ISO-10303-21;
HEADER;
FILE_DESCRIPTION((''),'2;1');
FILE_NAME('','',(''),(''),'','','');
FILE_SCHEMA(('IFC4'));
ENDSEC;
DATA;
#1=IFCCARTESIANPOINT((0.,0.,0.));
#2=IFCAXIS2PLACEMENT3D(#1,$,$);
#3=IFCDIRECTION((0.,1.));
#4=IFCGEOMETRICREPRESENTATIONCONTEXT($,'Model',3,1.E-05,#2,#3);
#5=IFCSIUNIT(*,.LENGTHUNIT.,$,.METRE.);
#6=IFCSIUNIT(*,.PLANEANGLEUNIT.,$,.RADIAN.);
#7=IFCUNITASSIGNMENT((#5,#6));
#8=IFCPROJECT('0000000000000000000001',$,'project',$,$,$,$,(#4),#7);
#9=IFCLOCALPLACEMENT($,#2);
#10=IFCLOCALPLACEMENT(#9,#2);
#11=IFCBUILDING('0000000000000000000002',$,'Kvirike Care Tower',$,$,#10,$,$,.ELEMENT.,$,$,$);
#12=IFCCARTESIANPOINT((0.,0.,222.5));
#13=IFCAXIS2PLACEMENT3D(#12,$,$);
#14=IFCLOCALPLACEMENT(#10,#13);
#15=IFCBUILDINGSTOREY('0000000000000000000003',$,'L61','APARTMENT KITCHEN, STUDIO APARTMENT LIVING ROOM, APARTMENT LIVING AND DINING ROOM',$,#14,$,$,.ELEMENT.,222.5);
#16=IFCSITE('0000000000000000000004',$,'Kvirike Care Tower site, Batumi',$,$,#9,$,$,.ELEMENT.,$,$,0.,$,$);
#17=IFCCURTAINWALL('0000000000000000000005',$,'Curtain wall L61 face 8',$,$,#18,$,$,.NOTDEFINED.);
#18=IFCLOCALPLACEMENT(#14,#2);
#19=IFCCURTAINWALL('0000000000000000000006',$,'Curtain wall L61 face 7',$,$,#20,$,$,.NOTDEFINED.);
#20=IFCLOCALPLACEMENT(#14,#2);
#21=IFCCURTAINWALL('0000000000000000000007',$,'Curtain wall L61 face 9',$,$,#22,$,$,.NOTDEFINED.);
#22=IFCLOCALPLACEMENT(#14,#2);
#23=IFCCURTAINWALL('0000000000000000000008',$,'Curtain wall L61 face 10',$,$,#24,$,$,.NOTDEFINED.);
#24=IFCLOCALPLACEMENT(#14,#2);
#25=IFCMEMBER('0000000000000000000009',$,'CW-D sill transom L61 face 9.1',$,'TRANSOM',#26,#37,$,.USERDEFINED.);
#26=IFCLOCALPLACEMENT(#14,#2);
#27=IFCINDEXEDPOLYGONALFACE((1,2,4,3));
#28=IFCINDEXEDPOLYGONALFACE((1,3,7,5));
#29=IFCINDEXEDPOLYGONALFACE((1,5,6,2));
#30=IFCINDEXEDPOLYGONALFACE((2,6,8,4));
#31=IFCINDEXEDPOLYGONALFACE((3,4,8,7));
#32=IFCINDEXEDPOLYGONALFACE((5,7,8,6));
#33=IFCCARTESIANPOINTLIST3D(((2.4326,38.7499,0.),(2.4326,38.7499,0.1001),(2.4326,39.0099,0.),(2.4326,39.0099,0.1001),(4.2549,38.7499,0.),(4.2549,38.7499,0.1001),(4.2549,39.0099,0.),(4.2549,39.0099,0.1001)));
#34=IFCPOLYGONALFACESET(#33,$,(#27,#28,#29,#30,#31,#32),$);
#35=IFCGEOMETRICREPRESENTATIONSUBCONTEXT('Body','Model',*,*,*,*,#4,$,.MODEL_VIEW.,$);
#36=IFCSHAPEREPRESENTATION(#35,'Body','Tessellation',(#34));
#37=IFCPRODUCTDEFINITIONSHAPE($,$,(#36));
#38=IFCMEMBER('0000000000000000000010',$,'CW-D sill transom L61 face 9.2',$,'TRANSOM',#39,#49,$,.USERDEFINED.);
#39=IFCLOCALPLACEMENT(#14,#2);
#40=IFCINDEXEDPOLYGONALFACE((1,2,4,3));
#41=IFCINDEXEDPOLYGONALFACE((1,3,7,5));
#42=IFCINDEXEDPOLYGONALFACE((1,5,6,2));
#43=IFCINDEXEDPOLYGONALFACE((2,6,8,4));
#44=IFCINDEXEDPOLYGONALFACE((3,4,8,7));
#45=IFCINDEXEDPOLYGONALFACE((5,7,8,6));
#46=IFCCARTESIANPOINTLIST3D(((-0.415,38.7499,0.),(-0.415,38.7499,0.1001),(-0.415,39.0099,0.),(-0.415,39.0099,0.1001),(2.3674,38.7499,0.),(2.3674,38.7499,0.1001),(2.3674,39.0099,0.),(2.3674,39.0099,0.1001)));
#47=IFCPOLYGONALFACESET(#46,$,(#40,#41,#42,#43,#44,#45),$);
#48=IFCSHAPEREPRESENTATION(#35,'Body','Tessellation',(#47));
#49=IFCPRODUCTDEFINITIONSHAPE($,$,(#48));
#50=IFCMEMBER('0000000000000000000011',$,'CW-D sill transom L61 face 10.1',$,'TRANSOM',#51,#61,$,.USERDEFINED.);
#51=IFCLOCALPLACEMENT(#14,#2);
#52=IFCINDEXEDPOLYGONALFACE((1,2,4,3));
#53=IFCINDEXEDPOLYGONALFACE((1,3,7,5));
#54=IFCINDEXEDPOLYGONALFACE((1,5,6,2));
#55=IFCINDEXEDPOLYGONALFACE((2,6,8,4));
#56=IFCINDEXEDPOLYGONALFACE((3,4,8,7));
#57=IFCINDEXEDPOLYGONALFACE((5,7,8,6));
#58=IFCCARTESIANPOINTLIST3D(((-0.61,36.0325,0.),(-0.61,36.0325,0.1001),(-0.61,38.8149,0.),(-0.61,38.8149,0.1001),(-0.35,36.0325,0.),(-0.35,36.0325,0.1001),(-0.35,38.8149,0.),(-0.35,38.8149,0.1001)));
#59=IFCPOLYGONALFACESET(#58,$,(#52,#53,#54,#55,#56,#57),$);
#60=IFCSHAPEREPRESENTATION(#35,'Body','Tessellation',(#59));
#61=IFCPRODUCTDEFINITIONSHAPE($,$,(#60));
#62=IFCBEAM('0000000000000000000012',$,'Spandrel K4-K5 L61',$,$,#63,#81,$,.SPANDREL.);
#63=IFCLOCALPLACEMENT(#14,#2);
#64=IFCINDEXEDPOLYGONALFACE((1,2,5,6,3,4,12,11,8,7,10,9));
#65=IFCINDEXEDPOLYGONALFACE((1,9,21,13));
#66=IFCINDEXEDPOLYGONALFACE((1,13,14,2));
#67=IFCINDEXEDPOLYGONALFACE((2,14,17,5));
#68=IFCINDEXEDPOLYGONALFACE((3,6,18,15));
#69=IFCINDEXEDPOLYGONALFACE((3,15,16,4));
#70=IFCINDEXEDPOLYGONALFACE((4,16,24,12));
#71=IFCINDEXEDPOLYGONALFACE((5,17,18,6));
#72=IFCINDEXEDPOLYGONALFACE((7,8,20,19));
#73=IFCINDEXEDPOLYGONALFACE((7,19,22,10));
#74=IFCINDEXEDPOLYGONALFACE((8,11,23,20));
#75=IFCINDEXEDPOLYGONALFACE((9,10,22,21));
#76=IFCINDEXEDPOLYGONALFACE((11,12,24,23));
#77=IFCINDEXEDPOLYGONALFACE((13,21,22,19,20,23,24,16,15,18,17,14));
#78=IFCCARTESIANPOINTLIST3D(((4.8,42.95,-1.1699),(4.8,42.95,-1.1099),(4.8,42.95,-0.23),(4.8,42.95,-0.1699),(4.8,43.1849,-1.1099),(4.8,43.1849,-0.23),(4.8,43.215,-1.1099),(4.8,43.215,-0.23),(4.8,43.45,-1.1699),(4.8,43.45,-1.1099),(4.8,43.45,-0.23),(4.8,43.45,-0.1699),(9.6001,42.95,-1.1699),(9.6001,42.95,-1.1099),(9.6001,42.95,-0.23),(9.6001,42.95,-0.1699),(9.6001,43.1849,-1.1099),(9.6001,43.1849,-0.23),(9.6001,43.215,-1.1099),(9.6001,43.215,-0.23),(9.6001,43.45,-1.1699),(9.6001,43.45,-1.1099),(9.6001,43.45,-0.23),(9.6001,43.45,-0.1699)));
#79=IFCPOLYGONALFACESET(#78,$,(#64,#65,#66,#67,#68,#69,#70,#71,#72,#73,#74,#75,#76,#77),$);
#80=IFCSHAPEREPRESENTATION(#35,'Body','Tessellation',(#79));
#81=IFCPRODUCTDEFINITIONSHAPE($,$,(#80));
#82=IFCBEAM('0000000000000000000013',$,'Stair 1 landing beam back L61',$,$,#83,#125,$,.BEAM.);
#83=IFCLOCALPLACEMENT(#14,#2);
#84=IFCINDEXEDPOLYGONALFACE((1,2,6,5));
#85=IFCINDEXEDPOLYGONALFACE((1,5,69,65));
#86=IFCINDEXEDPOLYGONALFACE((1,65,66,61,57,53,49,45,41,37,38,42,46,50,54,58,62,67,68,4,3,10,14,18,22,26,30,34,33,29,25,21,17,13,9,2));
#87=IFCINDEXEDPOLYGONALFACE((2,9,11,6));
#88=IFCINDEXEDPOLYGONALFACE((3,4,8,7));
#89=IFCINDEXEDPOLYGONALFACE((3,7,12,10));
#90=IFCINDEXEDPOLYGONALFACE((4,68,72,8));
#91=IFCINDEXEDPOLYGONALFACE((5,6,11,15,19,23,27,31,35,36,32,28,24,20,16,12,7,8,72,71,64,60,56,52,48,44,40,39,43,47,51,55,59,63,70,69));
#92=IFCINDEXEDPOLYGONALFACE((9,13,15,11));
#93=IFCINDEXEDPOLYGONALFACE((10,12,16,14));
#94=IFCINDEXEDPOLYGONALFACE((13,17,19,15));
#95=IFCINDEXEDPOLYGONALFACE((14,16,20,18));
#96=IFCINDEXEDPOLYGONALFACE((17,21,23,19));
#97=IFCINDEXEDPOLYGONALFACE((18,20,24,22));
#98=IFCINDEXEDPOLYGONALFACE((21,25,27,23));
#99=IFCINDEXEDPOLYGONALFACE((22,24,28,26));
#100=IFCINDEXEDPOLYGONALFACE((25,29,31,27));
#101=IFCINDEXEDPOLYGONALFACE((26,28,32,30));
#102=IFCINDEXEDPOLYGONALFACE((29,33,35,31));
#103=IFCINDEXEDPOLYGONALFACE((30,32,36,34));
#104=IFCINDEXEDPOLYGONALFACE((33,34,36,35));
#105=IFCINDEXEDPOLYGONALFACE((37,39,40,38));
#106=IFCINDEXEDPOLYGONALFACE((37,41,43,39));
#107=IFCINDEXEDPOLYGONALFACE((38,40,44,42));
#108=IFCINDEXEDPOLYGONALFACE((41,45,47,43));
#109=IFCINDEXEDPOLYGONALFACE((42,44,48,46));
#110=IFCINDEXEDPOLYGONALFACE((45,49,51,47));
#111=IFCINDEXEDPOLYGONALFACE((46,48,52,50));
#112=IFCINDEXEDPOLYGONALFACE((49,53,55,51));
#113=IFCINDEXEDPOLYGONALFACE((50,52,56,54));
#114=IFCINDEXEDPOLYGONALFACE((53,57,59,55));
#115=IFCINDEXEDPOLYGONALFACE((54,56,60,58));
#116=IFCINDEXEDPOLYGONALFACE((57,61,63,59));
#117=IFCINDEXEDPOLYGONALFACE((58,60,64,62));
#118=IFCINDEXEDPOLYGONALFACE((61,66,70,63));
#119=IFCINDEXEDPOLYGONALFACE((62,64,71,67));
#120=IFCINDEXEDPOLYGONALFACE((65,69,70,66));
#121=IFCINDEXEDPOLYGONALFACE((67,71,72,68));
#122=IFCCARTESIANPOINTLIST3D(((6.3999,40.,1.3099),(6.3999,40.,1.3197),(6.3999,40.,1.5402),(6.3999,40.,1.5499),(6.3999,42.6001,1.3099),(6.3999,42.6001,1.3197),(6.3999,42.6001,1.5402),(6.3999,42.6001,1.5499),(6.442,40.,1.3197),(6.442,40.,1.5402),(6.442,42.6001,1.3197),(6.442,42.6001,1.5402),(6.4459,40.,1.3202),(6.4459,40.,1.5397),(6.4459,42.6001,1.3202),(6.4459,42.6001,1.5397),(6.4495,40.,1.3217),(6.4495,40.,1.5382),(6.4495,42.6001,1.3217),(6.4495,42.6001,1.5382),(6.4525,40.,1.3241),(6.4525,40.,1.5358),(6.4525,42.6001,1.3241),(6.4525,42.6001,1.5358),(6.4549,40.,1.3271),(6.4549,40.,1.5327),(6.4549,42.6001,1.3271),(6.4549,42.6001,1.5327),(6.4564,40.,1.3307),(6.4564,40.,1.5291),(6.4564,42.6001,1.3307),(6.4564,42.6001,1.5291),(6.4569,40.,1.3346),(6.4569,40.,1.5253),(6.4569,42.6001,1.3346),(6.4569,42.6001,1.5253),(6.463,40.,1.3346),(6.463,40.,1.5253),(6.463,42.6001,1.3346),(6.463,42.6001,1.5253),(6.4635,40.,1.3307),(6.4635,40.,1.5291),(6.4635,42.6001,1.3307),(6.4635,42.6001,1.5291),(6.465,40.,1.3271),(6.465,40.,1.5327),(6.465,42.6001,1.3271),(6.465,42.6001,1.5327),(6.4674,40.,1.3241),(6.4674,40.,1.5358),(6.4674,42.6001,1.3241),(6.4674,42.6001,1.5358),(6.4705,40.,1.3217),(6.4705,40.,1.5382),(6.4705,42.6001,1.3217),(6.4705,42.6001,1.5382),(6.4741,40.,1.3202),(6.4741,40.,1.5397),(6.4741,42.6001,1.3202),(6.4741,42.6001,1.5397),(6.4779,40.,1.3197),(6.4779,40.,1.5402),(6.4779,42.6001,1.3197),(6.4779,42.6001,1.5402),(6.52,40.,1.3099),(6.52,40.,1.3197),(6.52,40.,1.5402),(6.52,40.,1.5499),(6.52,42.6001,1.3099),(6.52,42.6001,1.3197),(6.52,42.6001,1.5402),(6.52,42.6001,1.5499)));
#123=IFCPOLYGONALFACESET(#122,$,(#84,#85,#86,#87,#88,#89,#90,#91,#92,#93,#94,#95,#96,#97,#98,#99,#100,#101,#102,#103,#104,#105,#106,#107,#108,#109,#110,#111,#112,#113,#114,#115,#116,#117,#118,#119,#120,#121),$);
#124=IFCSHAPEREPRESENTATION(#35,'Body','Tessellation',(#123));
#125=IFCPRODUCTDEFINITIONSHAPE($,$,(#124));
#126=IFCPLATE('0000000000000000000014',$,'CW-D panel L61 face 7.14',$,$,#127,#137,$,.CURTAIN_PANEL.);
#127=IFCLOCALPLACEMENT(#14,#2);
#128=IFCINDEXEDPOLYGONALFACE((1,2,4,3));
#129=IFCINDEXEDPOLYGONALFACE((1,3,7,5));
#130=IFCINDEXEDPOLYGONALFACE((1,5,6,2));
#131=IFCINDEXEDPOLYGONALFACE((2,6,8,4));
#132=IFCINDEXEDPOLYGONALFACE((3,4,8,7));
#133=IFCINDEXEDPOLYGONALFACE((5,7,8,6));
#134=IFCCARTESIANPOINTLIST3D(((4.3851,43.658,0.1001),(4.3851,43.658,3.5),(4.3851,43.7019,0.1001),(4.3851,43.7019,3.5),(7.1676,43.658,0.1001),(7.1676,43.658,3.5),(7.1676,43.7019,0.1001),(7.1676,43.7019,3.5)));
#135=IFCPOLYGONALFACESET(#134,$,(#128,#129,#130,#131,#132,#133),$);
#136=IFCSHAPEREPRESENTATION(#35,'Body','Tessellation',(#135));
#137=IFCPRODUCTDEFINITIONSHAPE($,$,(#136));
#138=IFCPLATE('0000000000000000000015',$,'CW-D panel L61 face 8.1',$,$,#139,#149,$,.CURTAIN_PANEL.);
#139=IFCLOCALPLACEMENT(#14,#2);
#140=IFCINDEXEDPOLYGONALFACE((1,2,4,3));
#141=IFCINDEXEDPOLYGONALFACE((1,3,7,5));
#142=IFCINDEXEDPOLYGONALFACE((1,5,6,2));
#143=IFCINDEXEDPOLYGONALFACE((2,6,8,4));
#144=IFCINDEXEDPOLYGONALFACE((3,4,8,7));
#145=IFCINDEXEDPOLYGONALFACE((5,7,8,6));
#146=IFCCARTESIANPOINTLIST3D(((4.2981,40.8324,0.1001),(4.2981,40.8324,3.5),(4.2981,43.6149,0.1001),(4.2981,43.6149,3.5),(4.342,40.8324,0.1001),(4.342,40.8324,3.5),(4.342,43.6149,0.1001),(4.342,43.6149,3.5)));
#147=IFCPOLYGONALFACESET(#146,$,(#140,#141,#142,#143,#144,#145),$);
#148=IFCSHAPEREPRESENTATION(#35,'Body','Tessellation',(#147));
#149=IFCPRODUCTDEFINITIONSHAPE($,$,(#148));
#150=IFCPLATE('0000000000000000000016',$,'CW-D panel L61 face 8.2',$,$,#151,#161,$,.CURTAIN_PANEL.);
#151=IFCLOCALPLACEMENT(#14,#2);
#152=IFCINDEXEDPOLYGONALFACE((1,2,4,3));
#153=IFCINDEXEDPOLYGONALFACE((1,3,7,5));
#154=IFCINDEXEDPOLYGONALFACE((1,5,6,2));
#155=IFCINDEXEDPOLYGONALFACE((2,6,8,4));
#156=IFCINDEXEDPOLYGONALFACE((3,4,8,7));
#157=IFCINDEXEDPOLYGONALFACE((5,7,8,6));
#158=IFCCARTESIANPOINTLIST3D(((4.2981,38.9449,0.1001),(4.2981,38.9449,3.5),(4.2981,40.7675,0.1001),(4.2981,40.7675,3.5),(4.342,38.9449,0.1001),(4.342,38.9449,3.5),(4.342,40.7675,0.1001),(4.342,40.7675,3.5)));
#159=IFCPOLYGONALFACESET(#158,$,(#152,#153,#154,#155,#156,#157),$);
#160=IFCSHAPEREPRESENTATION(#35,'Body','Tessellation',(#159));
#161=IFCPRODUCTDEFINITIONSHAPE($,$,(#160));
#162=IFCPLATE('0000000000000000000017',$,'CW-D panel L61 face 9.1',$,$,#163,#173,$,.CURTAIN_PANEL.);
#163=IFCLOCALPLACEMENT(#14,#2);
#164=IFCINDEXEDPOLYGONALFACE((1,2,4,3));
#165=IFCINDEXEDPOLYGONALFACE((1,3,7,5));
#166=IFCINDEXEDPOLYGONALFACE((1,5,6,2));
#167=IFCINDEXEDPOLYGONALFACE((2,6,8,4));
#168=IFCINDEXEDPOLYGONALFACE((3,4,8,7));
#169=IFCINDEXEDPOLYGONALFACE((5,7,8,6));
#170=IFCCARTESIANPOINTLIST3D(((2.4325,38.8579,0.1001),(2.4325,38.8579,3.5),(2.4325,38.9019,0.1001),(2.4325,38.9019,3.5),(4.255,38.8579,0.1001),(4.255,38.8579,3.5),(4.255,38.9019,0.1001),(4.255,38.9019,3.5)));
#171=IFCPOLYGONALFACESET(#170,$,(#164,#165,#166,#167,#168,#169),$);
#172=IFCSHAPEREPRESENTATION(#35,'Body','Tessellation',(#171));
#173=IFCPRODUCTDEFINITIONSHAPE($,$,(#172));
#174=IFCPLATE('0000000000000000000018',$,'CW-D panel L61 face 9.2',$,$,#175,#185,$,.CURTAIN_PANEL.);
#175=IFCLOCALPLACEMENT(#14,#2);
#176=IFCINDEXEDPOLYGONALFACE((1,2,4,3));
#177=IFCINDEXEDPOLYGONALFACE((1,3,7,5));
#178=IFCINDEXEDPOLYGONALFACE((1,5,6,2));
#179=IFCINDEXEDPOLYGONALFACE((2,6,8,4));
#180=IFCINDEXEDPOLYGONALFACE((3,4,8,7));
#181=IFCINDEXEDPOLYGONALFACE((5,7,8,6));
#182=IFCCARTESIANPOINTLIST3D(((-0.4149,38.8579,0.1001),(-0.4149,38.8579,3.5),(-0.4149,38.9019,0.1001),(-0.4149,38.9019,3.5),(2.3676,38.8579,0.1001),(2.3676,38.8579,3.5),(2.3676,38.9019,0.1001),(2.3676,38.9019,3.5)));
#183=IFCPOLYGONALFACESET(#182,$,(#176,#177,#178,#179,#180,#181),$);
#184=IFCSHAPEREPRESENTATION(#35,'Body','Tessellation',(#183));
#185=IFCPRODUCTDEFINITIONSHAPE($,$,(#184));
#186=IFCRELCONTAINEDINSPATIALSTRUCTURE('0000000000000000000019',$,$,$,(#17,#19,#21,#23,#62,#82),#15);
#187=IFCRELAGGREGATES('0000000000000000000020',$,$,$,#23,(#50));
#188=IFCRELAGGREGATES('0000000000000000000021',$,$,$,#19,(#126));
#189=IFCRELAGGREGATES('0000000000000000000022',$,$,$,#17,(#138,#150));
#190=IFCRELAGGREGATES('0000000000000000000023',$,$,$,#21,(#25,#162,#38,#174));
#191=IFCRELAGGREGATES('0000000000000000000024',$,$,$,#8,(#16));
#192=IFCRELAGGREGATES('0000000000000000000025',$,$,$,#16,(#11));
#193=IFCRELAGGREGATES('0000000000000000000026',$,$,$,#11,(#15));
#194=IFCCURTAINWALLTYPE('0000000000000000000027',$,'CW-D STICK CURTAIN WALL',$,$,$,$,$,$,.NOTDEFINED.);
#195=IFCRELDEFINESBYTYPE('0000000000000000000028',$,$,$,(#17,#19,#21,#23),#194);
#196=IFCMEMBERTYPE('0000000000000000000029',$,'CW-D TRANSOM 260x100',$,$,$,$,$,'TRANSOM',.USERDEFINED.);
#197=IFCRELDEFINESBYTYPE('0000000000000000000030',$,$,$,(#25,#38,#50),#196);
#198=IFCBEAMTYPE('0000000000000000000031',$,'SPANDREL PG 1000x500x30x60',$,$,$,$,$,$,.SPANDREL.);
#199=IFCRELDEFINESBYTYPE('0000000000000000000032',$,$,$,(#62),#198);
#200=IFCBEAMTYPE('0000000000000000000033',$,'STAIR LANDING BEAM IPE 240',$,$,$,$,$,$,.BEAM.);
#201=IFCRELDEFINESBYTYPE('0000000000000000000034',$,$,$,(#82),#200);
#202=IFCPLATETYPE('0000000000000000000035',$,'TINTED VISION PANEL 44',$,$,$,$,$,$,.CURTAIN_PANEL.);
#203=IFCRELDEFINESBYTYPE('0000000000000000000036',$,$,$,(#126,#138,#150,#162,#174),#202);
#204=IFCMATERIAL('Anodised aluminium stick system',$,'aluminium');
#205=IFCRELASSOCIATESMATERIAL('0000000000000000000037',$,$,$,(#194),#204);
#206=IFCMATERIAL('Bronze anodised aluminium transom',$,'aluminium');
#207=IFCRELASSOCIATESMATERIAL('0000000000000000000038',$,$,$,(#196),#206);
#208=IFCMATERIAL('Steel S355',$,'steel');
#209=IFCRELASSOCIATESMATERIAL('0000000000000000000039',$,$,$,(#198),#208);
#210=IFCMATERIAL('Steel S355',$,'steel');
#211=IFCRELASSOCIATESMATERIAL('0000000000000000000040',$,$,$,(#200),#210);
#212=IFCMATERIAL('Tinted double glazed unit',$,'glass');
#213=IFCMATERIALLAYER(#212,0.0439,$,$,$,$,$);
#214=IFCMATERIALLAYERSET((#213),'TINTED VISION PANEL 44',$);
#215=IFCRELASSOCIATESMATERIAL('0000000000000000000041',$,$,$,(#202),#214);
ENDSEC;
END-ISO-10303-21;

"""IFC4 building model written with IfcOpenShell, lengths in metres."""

from ifc_helpers import new_model, si_unit, direction, frame, origin, origin_2d, place, context, subcontext, project, spatial, rectangle, i_section, extrude, material, layer, layer_set, material_profile, profile_set, type_object, element, aggregate, save


model = new_model("IFC4")

# Units and contexts
model_context = context("Model", 3, precision=1e-05, world=origin(), true_north=direction((0.0, 1.0)))
body_context = subcontext(model_context, "Body", "Model", "MODEL_VIEW")
ifc_project = project(units=[si_unit("LENGTHUNIT", "METRE"), si_unit("PLANEANGLEUNIT", "RADIAN")], contexts=[model_context])

# Site, building, storey
site_placement = place(None, origin())
site = spatial("IfcSite", under=ifc_project, at=site_placement, Name="Kvirike Care Tower site, Batumi", CompositionType="ELEMENT", RefElevation=0.0)
building_placement = place(site_placement, origin())
building = spatial("IfcBuilding", under=site, at=building_placement, Name="Kvirike Care Tower", CompositionType="ELEMENT")
storey_placement = place(building_placement, frame((0.0, 0.0, 222.5)))
storey = spatial("IfcBuildingStorey", under=building, at=storey_placement, Name="L61", Description="APARTMENT KITCHEN, STUDIO APARTMENT LIVING ROOM, APARTMENT LIVING AND DINING ROOM", CompositionType="ELEMENT", Elevation=222.5)

# Curtain walls
ifc_material_1 = material(Name="Anodised aluminium stick system", Category="aluminium")
curtain_wall_type = type_object("IfcCurtainWallType", Name="CW-D STICK CURTAIN WALL", PredefinedType="NOTDEFINED", material=ifc_material_1)
curtain_wall_1_placement = place(storey_placement, origin())
curtain_wall_1 = element("IfcCurtainWall", 1, at=curtain_wall_1_placement, inside=storey, type_object=curtain_wall_type, Name="Curtain wall L61 face 8", PredefinedType="NOTDEFINED")
curtain_wall_2_placement = place(storey_placement, origin())
curtain_wall_2 = element("IfcCurtainWall", 2, at=curtain_wall_2_placement, inside=storey, type_object=curtain_wall_type, Name="Curtain wall L61 face 7", PredefinedType="NOTDEFINED")

# Curtain wall
curtain_wall_3_placement = place(storey_placement, origin())
curtain_wall_3 = element("IfcCurtainWall", 3, at=curtain_wall_3_placement, inside=storey, type_object=curtain_wall_type, Name="Curtain wall L61 face 9", PredefinedType="NOTDEFINED")

# Curtain wall
curtain_wall_4_placement = place(storey_placement, origin())
curtain_wall_4 = element("IfcCurtainWall", 4, at=curtain_wall_4_placement, inside=storey, type_object=curtain_wall_type, Name="Curtain wall L61 face 10", PredefinedType="NOTDEFINED")

# Members
ifc_material_2 = material(Name="Bronze anodised aluminium transom", Category="aluminium")
ifc_material_profile_1 = material_profile(ifc_material_2, rectangle(XDim=0.26, YDim=0.1001, at=origin_2d()), Name="CW-D TRANSOM 260x100")
ifc_profile_set_1 = profile_set([ifc_material_profile_1], Name="Bronze anodised aluminium transom")
member_type_1 = type_object("IfcMemberType", Name="CW-D TRANSOM 260x100", ElementType="TRANSOM", PredefinedType="USERDEFINED", material=ifc_profile_set_1)
member_1_placement = place(storey_placement, frame((4.2549, 38.8799, 0.05), z_axis=(-1.0, 0.0, 0.0), x_axis=(0.0, -1.0, 0.0)))
member_1 = element("IfcMember", 5, at=member_1_placement, type_object=member_type_1, Name="CW-D sill transom L61 face 9.1", ObjectType="TRANSOM", PredefinedType="USERDEFINED", context=body_context, shape_type="SweptSolid", body=[
    extrude(rectangle(XDim=0.26, YDim=0.1001, at=origin_2d()), origin(), (0.0, 0.0, 1.0), 1.8223),
])
member_2_placement = place(storey_placement, frame((2.3674, 38.8799, 0.05), z_axis=(-1.0, 0.0, 0.0), x_axis=(0.0, -1.0, 0.0)))
member_2 = element("IfcMember", 6, at=member_2_placement, type_object=member_type_1, Name="CW-D sill transom L61 face 9.2", ObjectType="TRANSOM", PredefinedType="USERDEFINED", context=body_context, shape_type="SweptSolid", body=[
    extrude(rectangle(XDim=0.26, YDim=0.1001, at=origin_2d()), origin(), (0.0, 0.0, 1.0), 2.7825),
])
member_3_placement = place(storey_placement, frame((-0.48, 38.8149, 0.05), z_axis=(0.0, -1.0, 0.0), x_axis=(1.0, 0.0, 0.0)))
member_3 = element("IfcMember", 7, at=member_3_placement, type_object=member_type_1, Name="CW-D sill transom L61 face 10.1", ObjectType="TRANSOM", PredefinedType="USERDEFINED", context=body_context, shape_type="SweptSolid", body=[
    extrude(rectangle(XDim=0.26, YDim=0.1001, at=origin_2d()), origin(), (0.0, 0.0, 1.0), 2.7825),
])
aggregate(curtain_wall_4, [member_3])

# Beams
ifc_material_3 = material(Name="Steel S355", Category="steel")
ifc_material_profile_2 = material_profile(ifc_material_3, i_section(OverallWidth=0.5, OverallDepth=1.0, WebThickness=0.03, FlangeThickness=0.0601, at=origin_2d()), Name="PG 1000x500x30x60")
ifc_profile_set_2 = profile_set([ifc_material_profile_2], Name="Steel S355")
beam_type_1 = type_object("IfcBeamType", Name="SPANDREL PG 1000x500x30x60", PredefinedType="SPANDREL", material=ifc_profile_set_2)
beam_1_placement = place(storey_placement, frame((4.8, 43.2, -0.6699), z_axis=(1.0, 0.0, 0.0), x_axis=(0.0, 1.0, 0.0)))
element("IfcBeam", 8, at=beam_1_placement, inside=storey, type_object=beam_type_1, Name="Spandrel K4-K5 L61", PredefinedType="SPANDREL", context=body_context, shape_type="SweptSolid", body=[
    extrude(i_section(OverallWidth=0.5, OverallDepth=1.0, WebThickness=0.03, FlangeThickness=0.0601, at=origin_2d()), origin(), (0.0, 0.0, 1.0), 4.8),
])
ifc_material_4 = material(Name="Steel S355", Category="steel")
ifc_material_profile_3 = material_profile(ifc_material_4, i_section(OverallWidth=0.1201, OverallDepth=0.24, WebThickness=0.0061, FlangeThickness=0.0098, FilletRadius=0.0149, at=origin_2d()), Name="IPE 240")
ifc_profile_set_3 = profile_set([ifc_material_profile_3], Name="Steel S355")
beam_type_2 = type_object("IfcBeamType", Name="STAIR LANDING BEAM IPE 240", PredefinedType="BEAM", material=ifc_profile_set_3)
beam_2_placement = place(storey_placement, frame((6.46, 42.6001, 1.4299), z_axis=(0.0, -1.0, 0.0), x_axis=(1.0, 0.0, 0.0)))
element("IfcBeam", 9, at=beam_2_placement, inside=storey, type_object=beam_type_2, Name="Stair 1 landing beam back L61", PredefinedType="BEAM", context=body_context, shape_type="SweptSolid", body=[
    extrude(i_section(OverallWidth=0.1201, OverallDepth=0.24, WebThickness=0.0061, FlangeThickness=0.0098, FilletRadius=0.0149, at=origin_2d()), origin(), (0.0, 0.0, 1.0), 2.6001),
])

# Plates
ifc_material_5 = material(Name="Tinted double glazed unit", Category="glass")
ifc_layer_1 = layer(ifc_material_5, 0.0439)
ifc_layer_set_1 = layer_set([ifc_layer_1], Name="TINTED VISION PANEL 44")
plate_type = type_object("IfcPlateType", Name="TINTED VISION PANEL 44", PredefinedType="CURTAIN_PANEL", material=ifc_layer_set_1)
plate_1_placement = place(storey_placement, frame((5.7764, 43.6799, 0.1001), z_axis=(0.0, 0.0, 1.0), x_axis=(-1.0, 0.0, 0.0)))
plate_1 = element("IfcPlate", 10, at=plate_1_placement, type_object=plate_type, Name="CW-D panel L61 face 7.14", PredefinedType="CURTAIN_PANEL", context=body_context, shape_type="SweptSolid", body=[
    extrude(rectangle(XDim=2.7825, YDim=0.0439, at=origin_2d()), origin(), (0.0, 0.0, 1.0), 3.3999),
])
aggregate(curtain_wall_2, [plate_1])
plate_2_placement = place(storey_placement, frame((4.3201, 42.2236, 0.1001), z_axis=(0.0, 0.0, 1.0), x_axis=(0.0, -1.0, 0.0)))
plate_2 = element("IfcPlate", 11, at=plate_2_placement, type_object=plate_type, Name="CW-D panel L61 face 8.1", PredefinedType="CURTAIN_PANEL", context=body_context, shape_type="SweptSolid", body=[
    extrude(rectangle(XDim=2.7825, YDim=0.0439, at=origin_2d()), origin(), (0.0, 0.0, 1.0), 3.3999),
])
plate_3_placement = place(storey_placement, frame((4.3201, 39.8562, 0.1001), z_axis=(0.0, 0.0, 1.0), x_axis=(0.0, -1.0, 0.0)))
plate_3 = element("IfcPlate", 12, at=plate_3_placement, type_object=plate_type, Name="CW-D panel L61 face 8.2", PredefinedType="CURTAIN_PANEL", context=body_context, shape_type="SweptSolid", body=[
    extrude(rectangle(XDim=1.8225, YDim=0.0439, at=origin_2d()), origin(), (0.0, 0.0, 1.0), 3.3999),
])
aggregate(curtain_wall_1, [plate_2, plate_3])
plate_4_placement = place(storey_placement, frame((3.3438, 38.8799, 0.1001), z_axis=(0.0, 0.0, 1.0), x_axis=(-1.0, 0.0, 0.0)))
plate_4 = element("IfcPlate", 13, at=plate_4_placement, type_object=plate_type, Name="CW-D panel L61 face 9.1", PredefinedType="CURTAIN_PANEL", context=body_context, shape_type="SweptSolid", body=[
    extrude(rectangle(XDim=1.8225, YDim=0.0439, at=origin_2d()), origin(), (0.0, 0.0, 1.0), 3.3999),
])
plate_5_placement = place(storey_placement, frame((0.9763, 38.8799, 0.1001), z_axis=(0.0, 0.0, 1.0), x_axis=(-1.0, 0.0, 0.0)))
plate_5 = element("IfcPlate", 14, at=plate_5_placement, type_object=plate_type, Name="CW-D panel L61 face 9.2", PredefinedType="CURTAIN_PANEL", context=body_context, shape_type="SweptSolid", body=[
    extrude(rectangle(XDim=2.7825, YDim=0.0439, at=origin_2d()), origin(), (0.0, 0.0, 1.0), 3.3999),
])
aggregate(curtain_wall_3, [member_1, plate_4, member_2, plate_5])

save(model, "model.ifc")
